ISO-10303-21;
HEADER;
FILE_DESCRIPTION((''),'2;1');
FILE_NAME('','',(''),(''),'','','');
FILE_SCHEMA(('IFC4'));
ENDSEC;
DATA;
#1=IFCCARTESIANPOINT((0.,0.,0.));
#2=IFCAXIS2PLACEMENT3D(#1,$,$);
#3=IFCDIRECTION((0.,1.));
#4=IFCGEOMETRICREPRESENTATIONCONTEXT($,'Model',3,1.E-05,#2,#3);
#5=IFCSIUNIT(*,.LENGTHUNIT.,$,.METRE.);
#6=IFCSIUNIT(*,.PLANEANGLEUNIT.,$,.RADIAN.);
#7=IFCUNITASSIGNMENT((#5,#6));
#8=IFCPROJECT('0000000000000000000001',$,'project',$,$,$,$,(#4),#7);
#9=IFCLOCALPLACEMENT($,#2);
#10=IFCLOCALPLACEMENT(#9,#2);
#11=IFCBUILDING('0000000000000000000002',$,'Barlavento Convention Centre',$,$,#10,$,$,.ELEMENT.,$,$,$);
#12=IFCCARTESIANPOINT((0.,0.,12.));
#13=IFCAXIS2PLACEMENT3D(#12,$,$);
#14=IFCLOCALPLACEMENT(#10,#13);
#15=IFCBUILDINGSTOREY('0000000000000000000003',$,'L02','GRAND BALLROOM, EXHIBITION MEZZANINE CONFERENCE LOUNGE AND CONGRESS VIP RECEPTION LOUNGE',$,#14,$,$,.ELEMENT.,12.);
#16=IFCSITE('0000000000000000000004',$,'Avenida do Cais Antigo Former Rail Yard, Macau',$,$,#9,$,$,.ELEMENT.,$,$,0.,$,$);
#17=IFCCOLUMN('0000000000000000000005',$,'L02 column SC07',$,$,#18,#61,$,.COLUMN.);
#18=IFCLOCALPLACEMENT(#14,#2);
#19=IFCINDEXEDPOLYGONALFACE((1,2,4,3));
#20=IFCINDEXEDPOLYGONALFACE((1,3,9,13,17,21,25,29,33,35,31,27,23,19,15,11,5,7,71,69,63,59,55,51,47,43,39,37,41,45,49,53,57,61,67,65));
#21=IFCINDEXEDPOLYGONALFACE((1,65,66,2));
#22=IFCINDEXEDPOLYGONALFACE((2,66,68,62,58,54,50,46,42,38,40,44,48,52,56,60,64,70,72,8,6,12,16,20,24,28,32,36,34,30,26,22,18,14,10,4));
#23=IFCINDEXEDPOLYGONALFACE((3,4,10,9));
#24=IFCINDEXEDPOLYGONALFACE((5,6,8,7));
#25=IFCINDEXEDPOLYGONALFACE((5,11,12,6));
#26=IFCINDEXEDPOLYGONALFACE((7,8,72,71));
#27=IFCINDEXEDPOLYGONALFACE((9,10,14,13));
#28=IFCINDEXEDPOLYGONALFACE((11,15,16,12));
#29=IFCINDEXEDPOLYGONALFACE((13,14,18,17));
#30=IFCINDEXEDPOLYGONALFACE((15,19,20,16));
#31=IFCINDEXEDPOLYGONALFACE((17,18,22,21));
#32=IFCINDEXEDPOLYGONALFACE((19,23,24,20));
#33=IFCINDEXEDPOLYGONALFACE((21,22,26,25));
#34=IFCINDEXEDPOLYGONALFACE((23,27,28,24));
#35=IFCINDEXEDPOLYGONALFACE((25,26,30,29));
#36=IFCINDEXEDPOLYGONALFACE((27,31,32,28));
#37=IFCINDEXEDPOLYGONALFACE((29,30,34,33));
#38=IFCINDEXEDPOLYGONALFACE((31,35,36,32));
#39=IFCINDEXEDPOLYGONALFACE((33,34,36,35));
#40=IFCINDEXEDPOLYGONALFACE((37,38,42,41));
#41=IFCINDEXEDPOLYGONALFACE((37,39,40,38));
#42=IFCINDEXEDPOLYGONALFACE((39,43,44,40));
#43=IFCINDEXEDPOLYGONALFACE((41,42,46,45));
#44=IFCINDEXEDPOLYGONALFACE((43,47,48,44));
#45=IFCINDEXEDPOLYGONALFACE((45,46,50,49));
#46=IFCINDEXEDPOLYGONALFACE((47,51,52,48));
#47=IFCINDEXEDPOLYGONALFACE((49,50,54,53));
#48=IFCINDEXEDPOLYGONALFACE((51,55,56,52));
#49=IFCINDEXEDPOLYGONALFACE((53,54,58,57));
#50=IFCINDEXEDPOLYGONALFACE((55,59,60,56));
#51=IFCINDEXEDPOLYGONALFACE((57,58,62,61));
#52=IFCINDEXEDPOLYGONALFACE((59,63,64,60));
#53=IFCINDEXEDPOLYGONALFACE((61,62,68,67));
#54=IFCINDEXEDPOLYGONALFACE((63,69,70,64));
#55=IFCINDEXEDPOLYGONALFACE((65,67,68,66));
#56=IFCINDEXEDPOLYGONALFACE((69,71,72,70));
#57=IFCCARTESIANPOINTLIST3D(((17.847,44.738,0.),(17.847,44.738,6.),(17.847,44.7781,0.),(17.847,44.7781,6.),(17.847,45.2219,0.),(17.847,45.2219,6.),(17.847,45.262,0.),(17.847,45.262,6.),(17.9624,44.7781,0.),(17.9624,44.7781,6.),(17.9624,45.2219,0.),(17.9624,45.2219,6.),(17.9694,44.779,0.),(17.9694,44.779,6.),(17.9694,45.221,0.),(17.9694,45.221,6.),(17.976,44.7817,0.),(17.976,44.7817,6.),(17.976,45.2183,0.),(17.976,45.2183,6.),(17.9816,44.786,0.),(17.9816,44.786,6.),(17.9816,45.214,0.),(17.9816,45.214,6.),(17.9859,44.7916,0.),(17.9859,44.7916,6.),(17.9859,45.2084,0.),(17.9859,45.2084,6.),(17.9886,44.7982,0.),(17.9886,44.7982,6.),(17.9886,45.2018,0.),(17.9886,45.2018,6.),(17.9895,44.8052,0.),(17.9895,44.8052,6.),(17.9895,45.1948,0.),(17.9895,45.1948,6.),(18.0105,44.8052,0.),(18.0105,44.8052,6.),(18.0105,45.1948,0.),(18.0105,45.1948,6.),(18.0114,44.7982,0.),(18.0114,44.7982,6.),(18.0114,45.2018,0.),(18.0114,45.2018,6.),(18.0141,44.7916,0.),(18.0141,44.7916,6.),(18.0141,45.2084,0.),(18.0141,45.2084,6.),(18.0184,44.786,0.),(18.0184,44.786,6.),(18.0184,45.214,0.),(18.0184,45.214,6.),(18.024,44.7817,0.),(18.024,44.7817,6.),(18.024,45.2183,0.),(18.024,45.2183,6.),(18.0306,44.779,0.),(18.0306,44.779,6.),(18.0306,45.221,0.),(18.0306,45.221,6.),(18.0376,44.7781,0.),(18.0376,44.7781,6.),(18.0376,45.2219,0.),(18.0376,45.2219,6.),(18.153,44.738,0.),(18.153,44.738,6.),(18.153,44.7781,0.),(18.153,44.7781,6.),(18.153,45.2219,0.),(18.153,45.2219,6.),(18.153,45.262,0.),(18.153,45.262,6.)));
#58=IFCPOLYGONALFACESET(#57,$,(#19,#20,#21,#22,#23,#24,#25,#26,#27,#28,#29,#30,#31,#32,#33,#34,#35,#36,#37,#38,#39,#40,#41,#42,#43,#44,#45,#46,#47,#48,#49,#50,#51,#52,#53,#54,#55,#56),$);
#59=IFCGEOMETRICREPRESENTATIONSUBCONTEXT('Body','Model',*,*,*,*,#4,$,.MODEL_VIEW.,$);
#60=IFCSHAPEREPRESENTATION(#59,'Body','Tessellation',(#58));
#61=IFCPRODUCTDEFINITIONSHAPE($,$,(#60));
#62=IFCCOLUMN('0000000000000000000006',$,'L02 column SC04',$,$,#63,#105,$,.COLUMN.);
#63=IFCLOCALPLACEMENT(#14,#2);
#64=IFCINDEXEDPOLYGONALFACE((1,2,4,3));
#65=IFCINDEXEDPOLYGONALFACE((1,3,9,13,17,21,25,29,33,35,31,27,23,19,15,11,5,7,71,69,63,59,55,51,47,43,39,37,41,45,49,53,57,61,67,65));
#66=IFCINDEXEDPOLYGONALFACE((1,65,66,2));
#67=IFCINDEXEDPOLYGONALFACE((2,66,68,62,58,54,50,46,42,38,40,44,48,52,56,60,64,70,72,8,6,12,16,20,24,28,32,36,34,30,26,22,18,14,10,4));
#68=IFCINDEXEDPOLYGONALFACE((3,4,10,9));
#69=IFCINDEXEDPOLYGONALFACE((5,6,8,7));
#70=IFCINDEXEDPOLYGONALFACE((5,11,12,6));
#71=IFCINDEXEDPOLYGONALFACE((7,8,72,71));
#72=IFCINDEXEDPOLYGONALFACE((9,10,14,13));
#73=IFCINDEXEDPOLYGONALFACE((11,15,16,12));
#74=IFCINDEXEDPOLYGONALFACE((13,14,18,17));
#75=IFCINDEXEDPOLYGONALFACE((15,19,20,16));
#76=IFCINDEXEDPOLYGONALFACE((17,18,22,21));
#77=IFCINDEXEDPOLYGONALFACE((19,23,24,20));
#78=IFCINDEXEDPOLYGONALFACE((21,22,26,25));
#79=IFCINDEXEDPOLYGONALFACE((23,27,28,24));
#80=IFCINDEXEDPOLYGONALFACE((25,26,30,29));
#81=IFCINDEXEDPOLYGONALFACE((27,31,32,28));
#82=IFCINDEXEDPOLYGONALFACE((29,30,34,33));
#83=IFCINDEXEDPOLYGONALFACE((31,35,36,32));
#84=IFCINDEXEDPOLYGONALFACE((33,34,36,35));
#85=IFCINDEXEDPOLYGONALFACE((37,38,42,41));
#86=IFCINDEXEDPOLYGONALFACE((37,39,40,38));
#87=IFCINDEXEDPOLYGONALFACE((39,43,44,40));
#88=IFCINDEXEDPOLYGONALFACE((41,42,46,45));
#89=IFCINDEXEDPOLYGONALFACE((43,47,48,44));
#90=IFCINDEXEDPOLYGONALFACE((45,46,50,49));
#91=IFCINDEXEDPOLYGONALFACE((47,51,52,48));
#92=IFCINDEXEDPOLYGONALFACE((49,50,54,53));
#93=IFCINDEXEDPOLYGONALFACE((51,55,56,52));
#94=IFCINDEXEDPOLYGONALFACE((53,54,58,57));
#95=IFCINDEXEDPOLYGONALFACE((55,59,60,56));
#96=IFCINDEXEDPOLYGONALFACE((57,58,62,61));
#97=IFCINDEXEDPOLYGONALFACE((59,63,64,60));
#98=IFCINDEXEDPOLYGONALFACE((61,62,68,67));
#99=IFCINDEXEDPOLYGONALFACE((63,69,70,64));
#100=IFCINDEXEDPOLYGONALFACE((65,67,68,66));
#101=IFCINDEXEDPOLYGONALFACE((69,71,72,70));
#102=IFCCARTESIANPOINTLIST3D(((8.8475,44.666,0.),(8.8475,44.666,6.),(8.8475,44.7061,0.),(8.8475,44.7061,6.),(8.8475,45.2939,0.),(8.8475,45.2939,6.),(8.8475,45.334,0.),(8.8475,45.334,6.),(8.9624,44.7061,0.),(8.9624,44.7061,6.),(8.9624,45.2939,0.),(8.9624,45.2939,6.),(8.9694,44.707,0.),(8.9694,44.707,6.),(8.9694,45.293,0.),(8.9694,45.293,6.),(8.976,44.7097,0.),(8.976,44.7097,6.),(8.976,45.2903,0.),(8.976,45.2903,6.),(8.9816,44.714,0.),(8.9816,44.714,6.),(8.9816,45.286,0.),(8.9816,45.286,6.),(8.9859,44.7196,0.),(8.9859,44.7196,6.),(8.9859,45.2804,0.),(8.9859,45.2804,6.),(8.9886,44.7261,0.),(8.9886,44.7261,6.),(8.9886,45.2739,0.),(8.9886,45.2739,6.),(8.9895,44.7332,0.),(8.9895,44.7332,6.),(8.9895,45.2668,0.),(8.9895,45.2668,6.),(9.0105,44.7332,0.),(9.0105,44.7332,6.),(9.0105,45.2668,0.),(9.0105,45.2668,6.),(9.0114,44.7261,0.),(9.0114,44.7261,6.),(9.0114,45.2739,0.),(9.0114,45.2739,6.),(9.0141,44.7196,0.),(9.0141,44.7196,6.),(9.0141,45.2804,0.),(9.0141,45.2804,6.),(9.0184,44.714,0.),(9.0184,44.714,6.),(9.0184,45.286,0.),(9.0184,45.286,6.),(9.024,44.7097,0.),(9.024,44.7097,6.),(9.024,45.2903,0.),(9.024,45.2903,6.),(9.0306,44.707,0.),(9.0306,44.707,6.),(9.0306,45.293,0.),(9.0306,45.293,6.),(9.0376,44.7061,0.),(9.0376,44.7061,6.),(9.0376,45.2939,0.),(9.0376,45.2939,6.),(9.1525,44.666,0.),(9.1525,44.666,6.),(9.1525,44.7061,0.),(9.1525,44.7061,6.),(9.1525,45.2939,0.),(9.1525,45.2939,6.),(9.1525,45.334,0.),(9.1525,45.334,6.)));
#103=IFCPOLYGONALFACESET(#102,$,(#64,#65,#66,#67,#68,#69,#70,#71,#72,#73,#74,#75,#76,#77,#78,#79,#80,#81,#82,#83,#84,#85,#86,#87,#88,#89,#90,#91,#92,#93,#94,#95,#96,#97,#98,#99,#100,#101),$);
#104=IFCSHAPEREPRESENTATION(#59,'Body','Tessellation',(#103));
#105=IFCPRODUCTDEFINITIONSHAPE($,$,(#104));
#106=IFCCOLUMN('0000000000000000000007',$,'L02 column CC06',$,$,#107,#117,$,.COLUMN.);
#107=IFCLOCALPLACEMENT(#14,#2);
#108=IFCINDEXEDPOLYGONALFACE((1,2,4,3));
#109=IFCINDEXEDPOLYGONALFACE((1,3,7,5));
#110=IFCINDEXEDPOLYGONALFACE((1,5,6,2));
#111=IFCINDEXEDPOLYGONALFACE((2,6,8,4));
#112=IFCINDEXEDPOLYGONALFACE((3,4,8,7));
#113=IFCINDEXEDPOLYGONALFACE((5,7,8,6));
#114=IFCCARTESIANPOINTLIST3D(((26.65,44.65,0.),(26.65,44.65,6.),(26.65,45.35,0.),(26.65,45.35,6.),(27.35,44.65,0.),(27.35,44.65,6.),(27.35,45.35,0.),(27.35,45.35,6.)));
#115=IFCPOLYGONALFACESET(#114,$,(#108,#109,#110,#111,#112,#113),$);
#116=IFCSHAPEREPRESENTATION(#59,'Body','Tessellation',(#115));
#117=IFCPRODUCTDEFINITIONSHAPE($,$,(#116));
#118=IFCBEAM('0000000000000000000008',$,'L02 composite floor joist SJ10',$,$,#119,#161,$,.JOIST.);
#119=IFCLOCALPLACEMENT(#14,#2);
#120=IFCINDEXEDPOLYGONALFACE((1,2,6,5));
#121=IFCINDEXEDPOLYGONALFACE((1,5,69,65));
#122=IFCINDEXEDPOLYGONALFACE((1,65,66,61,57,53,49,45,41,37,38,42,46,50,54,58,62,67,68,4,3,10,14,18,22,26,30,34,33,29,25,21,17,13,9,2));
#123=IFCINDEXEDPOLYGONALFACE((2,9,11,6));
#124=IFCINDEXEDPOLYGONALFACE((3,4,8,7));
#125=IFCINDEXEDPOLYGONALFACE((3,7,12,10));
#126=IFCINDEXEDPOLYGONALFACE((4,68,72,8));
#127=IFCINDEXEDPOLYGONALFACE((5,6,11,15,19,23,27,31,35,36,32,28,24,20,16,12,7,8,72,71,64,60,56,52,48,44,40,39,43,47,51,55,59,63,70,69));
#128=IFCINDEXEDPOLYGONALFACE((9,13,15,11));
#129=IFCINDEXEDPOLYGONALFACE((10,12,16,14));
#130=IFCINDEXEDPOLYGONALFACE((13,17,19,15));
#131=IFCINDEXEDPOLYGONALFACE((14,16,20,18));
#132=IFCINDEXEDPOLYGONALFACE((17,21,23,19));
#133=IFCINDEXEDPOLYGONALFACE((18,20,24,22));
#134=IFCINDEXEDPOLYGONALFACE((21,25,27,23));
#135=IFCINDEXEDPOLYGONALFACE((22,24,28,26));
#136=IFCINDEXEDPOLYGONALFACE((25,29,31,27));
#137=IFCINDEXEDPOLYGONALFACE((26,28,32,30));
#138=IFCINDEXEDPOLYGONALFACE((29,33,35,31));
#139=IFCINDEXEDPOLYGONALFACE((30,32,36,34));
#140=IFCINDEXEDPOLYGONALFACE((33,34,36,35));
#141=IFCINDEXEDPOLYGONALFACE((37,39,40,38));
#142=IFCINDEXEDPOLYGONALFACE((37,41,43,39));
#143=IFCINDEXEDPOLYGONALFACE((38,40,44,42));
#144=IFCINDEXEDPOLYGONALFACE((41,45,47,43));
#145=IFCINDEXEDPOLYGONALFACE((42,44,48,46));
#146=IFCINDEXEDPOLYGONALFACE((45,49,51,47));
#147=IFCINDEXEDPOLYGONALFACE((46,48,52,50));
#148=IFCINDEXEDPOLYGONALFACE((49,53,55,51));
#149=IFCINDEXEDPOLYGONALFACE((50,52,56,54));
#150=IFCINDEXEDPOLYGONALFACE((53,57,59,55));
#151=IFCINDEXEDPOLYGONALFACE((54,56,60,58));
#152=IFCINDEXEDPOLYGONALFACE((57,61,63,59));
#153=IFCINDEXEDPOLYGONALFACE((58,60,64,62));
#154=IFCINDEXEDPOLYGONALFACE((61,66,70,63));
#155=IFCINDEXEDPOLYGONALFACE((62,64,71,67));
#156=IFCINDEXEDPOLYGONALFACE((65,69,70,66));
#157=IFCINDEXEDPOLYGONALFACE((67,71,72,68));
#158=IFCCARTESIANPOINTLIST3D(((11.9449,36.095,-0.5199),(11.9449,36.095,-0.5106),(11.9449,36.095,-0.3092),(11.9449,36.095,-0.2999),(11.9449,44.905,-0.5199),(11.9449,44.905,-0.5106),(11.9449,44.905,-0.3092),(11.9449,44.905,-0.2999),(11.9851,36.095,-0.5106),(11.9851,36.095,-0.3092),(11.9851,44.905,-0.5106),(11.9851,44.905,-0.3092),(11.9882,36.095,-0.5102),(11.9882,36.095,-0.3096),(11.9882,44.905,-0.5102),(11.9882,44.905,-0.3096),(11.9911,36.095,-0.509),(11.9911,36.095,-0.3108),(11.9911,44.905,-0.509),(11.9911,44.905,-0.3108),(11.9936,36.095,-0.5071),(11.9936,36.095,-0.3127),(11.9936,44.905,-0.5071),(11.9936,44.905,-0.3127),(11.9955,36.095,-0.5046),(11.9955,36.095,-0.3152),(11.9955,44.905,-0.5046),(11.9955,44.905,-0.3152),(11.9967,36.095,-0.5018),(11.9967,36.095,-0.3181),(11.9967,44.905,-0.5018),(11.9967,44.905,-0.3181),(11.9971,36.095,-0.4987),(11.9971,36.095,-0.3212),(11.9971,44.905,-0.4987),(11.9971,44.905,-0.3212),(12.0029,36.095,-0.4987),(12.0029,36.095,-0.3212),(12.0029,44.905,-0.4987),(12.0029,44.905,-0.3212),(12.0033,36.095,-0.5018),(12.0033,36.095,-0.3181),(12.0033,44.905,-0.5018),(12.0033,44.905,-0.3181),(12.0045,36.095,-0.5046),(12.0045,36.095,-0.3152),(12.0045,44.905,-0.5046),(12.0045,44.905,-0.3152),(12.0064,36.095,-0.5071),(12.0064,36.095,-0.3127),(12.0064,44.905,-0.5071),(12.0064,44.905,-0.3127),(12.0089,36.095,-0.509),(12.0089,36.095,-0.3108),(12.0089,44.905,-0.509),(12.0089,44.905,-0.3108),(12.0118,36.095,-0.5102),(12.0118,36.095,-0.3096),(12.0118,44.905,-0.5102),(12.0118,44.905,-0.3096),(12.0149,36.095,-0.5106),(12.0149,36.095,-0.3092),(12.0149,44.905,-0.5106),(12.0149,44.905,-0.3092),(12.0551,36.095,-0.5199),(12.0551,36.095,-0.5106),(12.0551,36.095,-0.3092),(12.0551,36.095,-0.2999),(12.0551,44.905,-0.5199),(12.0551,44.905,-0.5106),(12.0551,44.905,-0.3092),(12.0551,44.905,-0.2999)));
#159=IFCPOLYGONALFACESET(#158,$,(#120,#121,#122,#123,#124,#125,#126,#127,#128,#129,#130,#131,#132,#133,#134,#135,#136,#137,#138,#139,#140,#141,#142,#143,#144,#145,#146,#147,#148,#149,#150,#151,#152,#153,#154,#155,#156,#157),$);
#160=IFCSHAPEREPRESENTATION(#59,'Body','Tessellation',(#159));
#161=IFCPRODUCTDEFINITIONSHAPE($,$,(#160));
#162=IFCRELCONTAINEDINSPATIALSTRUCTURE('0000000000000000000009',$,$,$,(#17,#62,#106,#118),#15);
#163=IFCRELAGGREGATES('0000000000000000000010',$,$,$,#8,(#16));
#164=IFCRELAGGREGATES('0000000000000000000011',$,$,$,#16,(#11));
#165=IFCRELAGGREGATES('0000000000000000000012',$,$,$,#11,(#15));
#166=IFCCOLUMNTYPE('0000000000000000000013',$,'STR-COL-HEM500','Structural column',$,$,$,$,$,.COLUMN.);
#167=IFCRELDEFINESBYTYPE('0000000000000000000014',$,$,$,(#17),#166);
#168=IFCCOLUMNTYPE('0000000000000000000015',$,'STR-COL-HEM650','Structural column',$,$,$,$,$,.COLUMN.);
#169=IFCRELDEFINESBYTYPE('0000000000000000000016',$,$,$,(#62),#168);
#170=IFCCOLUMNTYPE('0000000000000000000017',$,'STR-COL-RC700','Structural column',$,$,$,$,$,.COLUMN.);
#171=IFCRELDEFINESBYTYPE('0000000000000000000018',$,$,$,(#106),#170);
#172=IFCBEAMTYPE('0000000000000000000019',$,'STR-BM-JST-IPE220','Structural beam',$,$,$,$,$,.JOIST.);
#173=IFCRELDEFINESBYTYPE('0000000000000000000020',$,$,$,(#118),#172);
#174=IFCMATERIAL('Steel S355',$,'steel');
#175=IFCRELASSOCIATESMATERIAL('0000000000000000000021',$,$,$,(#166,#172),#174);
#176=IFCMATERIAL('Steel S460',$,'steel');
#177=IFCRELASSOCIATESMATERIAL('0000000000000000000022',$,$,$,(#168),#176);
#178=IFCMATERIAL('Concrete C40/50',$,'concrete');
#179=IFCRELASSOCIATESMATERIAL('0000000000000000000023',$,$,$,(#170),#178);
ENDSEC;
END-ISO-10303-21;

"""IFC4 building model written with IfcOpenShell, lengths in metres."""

from ifc_helpers import new_model, si_unit, direction, frame, origin, origin_2d, place, context, subcontext, project, spatial, rectangle, i_section, extrude, material, material_profile, profile_set, type_object, element, save


model = new_model("IFC4")

# Units and contexts
model_context = context("Model", 3, precision=1e-05, world=origin(), true_north=direction((0.0, 1.0)))
body_context = subcontext(model_context, "Body", "Model", "MODEL_VIEW")
ifc_project = project(units=[si_unit("LENGTHUNIT", "METRE"), si_unit("PLANEANGLEUNIT", "RADIAN")], contexts=[model_context])

# Site, building, storey
site_placement = place(None, origin())
site = spatial("IfcSite", under=ifc_project, at=site_placement, Name="Avenida do Cais Antigo Former Rail Yard, Macau", CompositionType="ELEMENT", RefElevation=0.0)
building_placement = place(site_placement, origin())
building = spatial("IfcBuilding", under=site, at=building_placement, Name="Barlavento Convention Centre", CompositionType="ELEMENT")
storey_placement = place(building_placement, frame((0.0, 0.0, 12.0)))
storey = spatial("IfcBuildingStorey", under=building, at=storey_placement, Name="L02", Description="GRAND BALLROOM, EXHIBITION MEZZANINE CONFERENCE LOUNGE AND CONGRESS VIP RECEPTION LOUNGE", CompositionType="ELEMENT", Elevation=12.0)

# Columns
ifc_material_1 = material(Name="Steel S355", Category="steel")
ifc_material_profile_1 = material_profile(ifc_material_1, i_section(OverallWidth=0.3059, OverallDepth=0.5239, WebThickness=0.021, FlangeThickness=0.04, FilletRadius=0.0271, at=origin_2d()), Name="HEM 500")
ifc_profile_set_1 = profile_set([ifc_material_profile_1], Name="Steel S355")
column_type_1 = type_object("IfcColumnType", Name="STR-COL-HEM500", Description="Structural column", PredefinedType="COLUMN", material=ifc_profile_set_1)
column_1_placement = place(storey_placement, frame((18.0, 45.0, 0.0), z_axis=(0.0, 0.0, 1.0), x_axis=(1.0, 0.0, 0.0)))
element("IfcColumn", 1, at=column_1_placement, inside=storey, type_object=column_type_1, Name="L02 column SC07", PredefinedType="COLUMN", context=body_context, shape_type="SweptSolid", body=[
    extrude(i_section(OverallWidth=0.3059, OverallDepth=0.5239, WebThickness=0.021, FlangeThickness=0.04, FilletRadius=0.0271, at=origin_2d()), origin(), (0.0, 0.0, 1.0), 6.0),
])
ifc_material_2 = material(Name="Steel S460", Category="steel")
ifc_material_profile_2 = material_profile(ifc_material_2, i_section(OverallWidth=0.3049, OverallDepth=0.668, WebThickness=0.021, FlangeThickness=0.04, FilletRadius=0.0271, at=origin_2d()), Name="HEM 650")
ifc_profile_set_2 = profile_set([ifc_material_profile_2], Name="Steel S460")
column_type_2 = type_object("IfcColumnType", Name="STR-COL-HEM650", Description="Structural column", PredefinedType="COLUMN", material=ifc_profile_set_2)
column_2_placement = place(storey_placement, frame((9.0, 45.0, 0.0), z_axis=(0.0, 0.0, 1.0), x_axis=(1.0, 0.0, 0.0)))
element("IfcColumn", 2, at=column_2_placement, inside=storey, type_object=column_type_2, Name="L02 column SC04", PredefinedType="COLUMN", context=body_context, shape_type="SweptSolid", body=[
    extrude(i_section(OverallWidth=0.3049, OverallDepth=0.668, WebThickness=0.021, FlangeThickness=0.04, FilletRadius=0.0271, at=origin_2d()), origin(), (0.0, 0.0, 1.0), 6.0),
])
ifc_material_3 = material(Name="Concrete C40/50", Category="concrete")
ifc_material_profile_3 = material_profile(ifc_material_3, rectangle(XDim=0.7, YDim=0.7, at=origin_2d()), Name="RC 700x700")
ifc_profile_set_3 = profile_set([ifc_material_profile_3], Name="Concrete C40/50")
column_type_3 = type_object("IfcColumnType", Name="STR-COL-RC700", Description="Structural column", PredefinedType="COLUMN", material=ifc_profile_set_3)
column_3_placement = place(storey_placement, frame((27.0, 45.0, 0.0), z_axis=(0.0, 0.0, 1.0), x_axis=(1.0, 0.0, 0.0)))
element("IfcColumn", 3, at=column_3_placement, inside=storey, type_object=column_type_3, Name="L02 column CC06", PredefinedType="COLUMN", context=body_context, shape_type="SweptSolid", body=[
    extrude(rectangle(XDim=0.7, YDim=0.7, at=origin_2d()), origin(), (0.0, 0.0, 1.0), 6.0),
])

# Beam
ifc_material_profile_4 = material_profile(ifc_material_1, i_section(OverallWidth=0.1101, OverallDepth=0.22, WebThickness=0.0059, FlangeThickness=0.0093, FilletRadius=0.012, at=origin_2d()), Name="IPE 220")
ifc_profile_set_4 = profile_set([ifc_material_profile_4], Name="Steel S355")
beam_type_1 = type_object("IfcBeamType", Name="STR-BM-JST-IPE220", Description="Structural beam", PredefinedType="JOIST", material=ifc_profile_set_4)
for number, where, z_axis, x_axis, name in (
    (4, (12.0, 36.095, -0.4099), (0.0, 1.0, 0.0), (-1.0, 0.0, 0.0), "L02 composite floor joist SJ10"),
):
    element("IfcBeam", number, at=place(storey_placement, frame(where, z_axis=z_axis, x_axis=x_axis)), inside=storey, type_object=beam_type_1, Name=name, PredefinedType="JOIST", context=body_context, shape_type="SweptSolid", body=[
        extrude(i_section(OverallWidth=0.1101, OverallDepth=0.22, WebThickness=0.0059, FlangeThickness=0.0093, FilletRadius=0.012, at=origin_2d()), origin(), (0.0, 0.0, 1.0), 8.8101),
    ])

save(model, "model.ifc")
